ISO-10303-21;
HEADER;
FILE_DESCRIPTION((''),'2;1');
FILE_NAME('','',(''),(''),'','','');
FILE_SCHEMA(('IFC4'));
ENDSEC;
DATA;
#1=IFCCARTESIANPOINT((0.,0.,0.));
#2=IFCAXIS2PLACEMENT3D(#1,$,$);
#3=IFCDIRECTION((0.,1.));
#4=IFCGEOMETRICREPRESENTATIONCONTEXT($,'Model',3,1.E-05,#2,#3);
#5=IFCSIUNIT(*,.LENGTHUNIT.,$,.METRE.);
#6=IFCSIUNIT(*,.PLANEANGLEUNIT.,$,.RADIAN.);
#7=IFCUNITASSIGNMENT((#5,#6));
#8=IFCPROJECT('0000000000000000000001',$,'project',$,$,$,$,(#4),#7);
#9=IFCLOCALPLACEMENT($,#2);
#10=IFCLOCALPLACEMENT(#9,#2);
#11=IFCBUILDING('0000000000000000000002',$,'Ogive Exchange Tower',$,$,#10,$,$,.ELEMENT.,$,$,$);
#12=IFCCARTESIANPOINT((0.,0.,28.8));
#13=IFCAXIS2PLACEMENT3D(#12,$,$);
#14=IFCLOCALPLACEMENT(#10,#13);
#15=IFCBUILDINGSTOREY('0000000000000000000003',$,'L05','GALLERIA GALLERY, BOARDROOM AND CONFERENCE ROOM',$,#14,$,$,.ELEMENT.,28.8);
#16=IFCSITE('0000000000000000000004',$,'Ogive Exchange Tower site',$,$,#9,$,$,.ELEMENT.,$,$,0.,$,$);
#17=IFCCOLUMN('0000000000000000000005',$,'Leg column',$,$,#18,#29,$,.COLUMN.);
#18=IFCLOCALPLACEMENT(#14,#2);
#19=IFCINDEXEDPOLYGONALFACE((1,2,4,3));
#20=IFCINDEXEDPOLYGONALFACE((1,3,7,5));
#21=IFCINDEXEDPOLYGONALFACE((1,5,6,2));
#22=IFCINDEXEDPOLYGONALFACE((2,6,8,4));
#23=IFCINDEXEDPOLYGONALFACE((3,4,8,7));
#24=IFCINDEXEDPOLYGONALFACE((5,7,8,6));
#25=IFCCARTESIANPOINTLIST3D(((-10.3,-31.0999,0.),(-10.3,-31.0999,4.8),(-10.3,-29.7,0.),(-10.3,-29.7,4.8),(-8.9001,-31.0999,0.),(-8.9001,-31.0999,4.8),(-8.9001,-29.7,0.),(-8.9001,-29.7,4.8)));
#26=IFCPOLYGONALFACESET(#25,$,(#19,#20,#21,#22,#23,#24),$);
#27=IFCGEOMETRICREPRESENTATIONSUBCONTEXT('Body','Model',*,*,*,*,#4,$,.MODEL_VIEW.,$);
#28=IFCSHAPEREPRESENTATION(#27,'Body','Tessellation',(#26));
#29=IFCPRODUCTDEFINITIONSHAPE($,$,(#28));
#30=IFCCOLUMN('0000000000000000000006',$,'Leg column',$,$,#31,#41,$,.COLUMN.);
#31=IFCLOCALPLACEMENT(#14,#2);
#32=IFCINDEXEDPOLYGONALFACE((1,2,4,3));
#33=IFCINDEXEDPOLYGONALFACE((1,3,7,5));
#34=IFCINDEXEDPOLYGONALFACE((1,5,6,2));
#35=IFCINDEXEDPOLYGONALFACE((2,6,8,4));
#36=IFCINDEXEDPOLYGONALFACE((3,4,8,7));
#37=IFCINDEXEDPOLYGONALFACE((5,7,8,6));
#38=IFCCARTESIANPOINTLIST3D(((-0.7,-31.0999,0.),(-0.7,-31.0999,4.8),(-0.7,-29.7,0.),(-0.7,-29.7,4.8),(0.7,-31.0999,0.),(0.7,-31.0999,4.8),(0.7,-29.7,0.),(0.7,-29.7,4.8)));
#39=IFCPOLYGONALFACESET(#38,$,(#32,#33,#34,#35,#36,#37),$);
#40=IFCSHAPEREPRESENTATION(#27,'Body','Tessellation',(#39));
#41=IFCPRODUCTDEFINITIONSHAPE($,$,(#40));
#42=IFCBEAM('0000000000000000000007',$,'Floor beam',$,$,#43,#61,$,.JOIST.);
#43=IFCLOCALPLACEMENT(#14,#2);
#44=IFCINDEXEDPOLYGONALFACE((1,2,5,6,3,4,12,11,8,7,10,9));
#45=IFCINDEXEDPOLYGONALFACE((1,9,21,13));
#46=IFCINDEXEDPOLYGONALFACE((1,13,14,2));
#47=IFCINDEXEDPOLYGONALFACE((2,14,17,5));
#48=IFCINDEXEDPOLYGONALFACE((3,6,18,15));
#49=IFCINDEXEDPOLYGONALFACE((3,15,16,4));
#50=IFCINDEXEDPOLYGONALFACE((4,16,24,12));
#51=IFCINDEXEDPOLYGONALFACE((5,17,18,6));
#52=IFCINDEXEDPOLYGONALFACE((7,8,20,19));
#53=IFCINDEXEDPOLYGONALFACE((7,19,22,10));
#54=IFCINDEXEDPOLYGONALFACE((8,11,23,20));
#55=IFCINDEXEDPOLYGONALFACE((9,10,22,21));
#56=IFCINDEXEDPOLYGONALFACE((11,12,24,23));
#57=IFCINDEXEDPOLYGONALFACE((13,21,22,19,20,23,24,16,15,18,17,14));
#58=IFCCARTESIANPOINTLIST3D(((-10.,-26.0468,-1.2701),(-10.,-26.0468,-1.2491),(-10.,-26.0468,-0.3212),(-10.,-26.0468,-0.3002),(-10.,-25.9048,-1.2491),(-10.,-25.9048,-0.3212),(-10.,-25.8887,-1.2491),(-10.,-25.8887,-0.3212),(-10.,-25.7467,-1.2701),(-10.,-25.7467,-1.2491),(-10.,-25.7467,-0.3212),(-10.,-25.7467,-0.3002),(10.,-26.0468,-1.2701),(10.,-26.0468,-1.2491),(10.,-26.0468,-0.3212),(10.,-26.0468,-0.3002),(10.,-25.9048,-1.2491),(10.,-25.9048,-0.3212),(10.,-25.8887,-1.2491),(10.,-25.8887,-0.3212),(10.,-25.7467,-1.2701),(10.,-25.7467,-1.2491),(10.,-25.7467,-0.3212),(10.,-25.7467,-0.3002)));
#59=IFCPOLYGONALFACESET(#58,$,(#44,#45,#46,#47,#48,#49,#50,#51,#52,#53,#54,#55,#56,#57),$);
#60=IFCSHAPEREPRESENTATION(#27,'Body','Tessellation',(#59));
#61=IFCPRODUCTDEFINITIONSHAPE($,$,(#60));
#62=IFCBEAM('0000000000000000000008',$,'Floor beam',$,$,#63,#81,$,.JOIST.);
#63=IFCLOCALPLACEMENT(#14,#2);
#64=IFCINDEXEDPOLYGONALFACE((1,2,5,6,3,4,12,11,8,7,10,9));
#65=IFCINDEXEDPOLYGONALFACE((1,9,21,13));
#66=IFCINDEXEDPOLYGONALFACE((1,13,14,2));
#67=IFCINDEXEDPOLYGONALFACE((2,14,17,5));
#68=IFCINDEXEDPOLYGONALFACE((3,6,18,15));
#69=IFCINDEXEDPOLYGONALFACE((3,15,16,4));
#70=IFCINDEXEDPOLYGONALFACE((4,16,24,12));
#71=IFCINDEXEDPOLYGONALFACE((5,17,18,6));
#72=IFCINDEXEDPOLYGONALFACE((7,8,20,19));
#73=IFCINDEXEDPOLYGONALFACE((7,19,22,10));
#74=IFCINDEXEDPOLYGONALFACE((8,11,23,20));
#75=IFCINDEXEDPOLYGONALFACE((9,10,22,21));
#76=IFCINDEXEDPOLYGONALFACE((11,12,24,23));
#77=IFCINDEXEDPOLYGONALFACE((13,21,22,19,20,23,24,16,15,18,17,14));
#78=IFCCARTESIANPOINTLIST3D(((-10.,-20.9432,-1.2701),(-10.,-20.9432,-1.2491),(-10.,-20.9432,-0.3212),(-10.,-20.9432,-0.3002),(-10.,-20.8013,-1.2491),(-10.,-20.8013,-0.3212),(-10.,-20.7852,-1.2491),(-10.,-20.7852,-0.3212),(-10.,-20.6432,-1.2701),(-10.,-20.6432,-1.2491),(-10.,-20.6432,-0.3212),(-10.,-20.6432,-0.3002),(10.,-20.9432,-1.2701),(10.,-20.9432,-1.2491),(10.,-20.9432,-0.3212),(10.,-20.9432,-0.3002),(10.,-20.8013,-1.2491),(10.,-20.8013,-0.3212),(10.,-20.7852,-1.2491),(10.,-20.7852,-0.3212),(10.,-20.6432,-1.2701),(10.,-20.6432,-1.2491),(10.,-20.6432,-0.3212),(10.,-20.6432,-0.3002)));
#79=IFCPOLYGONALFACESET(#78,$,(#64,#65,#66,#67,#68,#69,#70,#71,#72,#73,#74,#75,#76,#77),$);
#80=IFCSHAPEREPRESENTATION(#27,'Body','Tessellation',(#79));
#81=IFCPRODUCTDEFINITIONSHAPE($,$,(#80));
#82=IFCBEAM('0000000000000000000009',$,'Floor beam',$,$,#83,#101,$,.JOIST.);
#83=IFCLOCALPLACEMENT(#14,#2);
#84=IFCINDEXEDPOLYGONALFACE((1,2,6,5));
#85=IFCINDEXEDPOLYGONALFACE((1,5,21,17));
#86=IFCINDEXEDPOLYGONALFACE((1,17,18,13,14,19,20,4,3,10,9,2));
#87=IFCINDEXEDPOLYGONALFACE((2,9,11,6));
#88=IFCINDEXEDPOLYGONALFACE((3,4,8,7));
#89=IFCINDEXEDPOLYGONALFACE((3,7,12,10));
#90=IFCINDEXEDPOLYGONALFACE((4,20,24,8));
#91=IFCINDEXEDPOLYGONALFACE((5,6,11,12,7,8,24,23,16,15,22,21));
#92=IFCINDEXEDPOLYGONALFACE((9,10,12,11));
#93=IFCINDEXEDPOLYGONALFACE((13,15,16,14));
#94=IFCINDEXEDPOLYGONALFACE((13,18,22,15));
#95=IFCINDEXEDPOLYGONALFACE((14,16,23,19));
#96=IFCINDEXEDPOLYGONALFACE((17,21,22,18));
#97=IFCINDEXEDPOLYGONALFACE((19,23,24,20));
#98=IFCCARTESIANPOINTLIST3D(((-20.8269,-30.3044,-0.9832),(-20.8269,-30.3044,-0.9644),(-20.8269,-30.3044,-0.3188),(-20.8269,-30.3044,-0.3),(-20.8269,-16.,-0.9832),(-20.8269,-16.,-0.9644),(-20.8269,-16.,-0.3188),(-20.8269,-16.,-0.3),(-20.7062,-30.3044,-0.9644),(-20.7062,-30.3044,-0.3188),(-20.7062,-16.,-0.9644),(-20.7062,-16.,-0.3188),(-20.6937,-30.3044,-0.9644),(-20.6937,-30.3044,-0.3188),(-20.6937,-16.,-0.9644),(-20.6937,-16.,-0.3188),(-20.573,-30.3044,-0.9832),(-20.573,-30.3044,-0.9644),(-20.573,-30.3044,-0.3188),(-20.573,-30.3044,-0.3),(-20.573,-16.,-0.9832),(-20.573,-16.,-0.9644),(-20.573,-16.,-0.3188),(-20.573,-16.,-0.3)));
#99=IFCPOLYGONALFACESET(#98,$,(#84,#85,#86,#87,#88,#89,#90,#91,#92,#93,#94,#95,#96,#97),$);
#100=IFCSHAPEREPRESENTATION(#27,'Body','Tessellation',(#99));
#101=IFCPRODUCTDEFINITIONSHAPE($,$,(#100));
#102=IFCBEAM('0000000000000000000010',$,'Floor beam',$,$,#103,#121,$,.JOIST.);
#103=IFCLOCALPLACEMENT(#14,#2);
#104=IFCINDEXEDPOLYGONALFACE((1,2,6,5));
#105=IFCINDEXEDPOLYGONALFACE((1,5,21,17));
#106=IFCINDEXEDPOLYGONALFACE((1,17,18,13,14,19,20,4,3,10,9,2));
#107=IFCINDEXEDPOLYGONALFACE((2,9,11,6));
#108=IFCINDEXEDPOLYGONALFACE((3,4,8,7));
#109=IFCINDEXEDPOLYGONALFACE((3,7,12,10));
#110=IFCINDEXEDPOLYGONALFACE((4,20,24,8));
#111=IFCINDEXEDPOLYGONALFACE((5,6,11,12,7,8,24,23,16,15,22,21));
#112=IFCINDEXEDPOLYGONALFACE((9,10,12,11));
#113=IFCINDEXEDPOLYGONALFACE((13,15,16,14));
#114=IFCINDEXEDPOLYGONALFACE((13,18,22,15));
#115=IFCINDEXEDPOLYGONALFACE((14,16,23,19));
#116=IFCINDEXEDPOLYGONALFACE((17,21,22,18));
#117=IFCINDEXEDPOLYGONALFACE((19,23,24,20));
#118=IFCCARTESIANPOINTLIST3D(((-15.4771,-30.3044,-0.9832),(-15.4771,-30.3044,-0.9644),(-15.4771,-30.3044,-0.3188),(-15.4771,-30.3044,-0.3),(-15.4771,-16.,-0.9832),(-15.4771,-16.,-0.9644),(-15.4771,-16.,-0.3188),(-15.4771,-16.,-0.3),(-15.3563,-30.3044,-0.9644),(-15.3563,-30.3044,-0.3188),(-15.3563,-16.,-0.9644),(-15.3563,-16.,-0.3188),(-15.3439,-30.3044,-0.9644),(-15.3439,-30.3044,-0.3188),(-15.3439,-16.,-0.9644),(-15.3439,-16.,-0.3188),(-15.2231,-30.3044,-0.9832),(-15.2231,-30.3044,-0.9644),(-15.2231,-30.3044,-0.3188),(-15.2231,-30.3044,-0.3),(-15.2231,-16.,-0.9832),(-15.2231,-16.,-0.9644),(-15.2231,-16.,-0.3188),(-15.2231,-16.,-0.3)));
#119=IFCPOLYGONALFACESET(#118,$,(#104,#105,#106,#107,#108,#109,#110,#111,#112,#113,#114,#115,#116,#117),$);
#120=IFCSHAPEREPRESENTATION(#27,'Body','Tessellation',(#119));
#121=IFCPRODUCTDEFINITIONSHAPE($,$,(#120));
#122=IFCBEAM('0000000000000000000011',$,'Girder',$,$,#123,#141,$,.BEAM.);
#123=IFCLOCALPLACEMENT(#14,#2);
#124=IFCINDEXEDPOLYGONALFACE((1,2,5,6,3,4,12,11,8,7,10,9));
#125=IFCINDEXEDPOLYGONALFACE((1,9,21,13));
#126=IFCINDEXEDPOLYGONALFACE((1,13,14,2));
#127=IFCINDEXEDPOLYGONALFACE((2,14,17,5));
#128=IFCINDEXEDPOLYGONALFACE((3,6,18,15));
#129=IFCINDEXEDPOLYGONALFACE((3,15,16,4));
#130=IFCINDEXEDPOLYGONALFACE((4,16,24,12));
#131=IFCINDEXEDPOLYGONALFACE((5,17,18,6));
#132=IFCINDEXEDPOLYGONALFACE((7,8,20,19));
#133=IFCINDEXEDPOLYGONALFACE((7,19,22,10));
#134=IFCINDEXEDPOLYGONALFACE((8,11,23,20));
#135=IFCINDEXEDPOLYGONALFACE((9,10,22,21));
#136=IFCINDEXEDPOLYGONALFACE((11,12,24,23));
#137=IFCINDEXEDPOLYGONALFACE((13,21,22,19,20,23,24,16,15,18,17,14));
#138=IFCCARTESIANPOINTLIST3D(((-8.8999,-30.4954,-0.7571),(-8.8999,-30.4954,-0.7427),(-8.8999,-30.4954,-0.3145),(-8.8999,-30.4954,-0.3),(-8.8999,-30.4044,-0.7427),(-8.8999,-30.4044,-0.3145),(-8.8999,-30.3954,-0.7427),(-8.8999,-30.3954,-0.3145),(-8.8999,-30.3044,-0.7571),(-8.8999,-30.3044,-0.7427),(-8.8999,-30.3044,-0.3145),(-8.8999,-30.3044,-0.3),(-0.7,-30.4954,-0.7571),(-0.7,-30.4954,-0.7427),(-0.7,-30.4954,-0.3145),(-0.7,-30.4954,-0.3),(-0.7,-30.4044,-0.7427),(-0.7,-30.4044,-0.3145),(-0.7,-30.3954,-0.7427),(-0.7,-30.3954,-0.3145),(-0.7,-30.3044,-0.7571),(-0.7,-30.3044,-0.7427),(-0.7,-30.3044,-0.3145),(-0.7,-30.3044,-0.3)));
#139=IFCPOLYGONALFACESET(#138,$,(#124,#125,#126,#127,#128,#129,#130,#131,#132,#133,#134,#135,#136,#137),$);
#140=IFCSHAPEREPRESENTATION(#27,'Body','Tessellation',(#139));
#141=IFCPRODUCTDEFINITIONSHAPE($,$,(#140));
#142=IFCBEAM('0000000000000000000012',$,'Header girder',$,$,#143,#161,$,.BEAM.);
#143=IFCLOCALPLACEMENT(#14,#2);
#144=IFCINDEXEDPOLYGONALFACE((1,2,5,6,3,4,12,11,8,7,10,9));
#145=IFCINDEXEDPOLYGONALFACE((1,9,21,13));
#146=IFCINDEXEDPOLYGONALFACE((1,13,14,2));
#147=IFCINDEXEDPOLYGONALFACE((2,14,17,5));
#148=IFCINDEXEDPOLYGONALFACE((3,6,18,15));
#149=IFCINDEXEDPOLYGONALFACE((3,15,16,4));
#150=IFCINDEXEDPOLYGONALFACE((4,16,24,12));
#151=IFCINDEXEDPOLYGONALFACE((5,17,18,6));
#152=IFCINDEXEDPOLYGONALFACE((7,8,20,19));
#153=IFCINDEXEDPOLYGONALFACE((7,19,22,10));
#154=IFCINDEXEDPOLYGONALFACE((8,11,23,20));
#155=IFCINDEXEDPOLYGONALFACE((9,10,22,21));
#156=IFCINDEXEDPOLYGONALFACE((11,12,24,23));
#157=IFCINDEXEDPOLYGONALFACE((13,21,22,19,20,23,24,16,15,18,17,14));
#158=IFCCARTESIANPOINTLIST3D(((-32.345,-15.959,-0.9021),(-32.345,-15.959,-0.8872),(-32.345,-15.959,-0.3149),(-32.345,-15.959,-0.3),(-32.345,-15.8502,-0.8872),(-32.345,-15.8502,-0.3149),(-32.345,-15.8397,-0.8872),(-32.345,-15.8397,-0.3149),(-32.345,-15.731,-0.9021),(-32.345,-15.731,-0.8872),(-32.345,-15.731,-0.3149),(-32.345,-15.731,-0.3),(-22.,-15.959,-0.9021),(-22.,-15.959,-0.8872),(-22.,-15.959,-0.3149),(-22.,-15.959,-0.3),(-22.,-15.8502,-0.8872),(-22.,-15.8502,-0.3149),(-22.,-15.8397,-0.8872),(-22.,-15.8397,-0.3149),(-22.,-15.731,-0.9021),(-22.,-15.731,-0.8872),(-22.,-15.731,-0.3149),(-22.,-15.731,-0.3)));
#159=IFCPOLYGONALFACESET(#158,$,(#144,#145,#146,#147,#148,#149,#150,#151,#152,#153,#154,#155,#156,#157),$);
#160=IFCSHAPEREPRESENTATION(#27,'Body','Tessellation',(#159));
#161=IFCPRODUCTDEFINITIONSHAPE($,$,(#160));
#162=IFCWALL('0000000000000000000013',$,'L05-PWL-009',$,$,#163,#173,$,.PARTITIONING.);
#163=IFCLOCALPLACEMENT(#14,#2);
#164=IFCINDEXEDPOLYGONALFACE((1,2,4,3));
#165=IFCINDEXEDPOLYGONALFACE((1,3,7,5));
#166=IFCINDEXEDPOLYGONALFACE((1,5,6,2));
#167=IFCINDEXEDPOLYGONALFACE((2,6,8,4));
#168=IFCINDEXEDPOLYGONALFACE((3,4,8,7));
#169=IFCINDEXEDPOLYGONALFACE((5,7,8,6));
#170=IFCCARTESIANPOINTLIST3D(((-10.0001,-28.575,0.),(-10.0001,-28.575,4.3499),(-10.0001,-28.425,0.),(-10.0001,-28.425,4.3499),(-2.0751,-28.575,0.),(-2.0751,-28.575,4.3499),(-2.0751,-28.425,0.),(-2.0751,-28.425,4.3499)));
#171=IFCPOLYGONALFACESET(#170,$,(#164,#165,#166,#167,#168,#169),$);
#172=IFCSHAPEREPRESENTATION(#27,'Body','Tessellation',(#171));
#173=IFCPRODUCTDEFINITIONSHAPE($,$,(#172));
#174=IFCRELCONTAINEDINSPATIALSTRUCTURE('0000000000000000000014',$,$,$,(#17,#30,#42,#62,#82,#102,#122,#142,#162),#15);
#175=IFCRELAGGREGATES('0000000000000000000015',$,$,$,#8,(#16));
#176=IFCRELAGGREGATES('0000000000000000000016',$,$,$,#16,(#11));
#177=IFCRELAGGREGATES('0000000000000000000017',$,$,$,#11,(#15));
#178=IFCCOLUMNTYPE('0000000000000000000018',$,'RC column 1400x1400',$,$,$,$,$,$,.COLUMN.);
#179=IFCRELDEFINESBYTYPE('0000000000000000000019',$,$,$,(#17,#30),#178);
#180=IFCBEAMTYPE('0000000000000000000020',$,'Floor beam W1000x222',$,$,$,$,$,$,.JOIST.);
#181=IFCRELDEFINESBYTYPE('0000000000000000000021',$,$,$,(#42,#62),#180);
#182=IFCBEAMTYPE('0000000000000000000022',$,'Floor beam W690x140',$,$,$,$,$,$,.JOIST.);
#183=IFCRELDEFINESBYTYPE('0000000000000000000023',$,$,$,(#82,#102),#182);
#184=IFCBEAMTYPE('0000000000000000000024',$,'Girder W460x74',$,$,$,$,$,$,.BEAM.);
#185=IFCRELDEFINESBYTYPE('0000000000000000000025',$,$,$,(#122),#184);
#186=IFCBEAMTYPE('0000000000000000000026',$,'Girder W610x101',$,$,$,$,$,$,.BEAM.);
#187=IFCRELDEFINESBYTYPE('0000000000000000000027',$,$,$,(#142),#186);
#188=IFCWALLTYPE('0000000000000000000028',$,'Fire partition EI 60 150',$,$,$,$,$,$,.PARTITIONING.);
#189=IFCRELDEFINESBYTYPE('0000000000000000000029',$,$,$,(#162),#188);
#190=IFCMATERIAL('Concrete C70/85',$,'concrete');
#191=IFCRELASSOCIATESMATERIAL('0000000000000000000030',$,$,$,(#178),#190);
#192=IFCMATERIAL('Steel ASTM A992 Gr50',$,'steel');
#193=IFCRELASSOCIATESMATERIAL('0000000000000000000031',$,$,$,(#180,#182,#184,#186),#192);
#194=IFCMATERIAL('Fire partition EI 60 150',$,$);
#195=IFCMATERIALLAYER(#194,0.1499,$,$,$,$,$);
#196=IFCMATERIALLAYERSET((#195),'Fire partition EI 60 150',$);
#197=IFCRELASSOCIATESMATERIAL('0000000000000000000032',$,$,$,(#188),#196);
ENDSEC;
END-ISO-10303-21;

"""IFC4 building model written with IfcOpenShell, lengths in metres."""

from ifc_helpers import new_model, si_unit, direction, frame, frame_2d, origin, origin_2d, place, context, subcontext, project, spatial, rectangle, i_section, extrude, material, layer, layer_set, material_profile, profile_set, type_object, element, save


model = new_model("IFC4")

# Units and contexts
model_context = context("Model", 3, precision=1e-05, world=origin(), true_north=direction((0.0, 1.0)))
body_context = subcontext(model_context, "Body", "Model", "MODEL_VIEW")
ifc_project = project(units=[si_unit("LENGTHUNIT", "METRE"), si_unit("PLANEANGLEUNIT", "RADIAN")], contexts=[model_context])

# Site, building, storey
site_placement = place(None, origin())
site = spatial("IfcSite", under=ifc_project, at=site_placement, Name="Ogive Exchange Tower site", CompositionType="ELEMENT", RefElevation=0.0)
building_placement = place(site_placement, origin())
building = spatial("IfcBuilding", under=site, at=building_placement, Name="Ogive Exchange Tower", CompositionType="ELEMENT")
storey_placement = place(building_placement, frame((0.0, 0.0, 28.8)))
storey = spatial("IfcBuildingStorey", under=building, at=storey_placement, Name="L05", Description="GALLERIA GALLERY, BOARDROOM AND CONFERENCE ROOM", CompositionType="ELEMENT", Elevation=28.8)

# Columns
ifc_material_1 = material(Name="Concrete C70/85", Category="concrete")
ifc_material_profile_1 = material_profile(ifc_material_1, rectangle(XDim=1.3999, YDim=1.3999, at=origin_2d()), Name="RC 1400x1400")
ifc_profile_set_1 = profile_set([ifc_material_profile_1], Name="Concrete C70/85")
column_type = type_object("IfcColumnType", Name="RC column 1400x1400", PredefinedType="COLUMN", material=ifc_profile_set_1)
for number, where, z_axis, x_axis, name in (
    (1, (-9.6001, -30.3999, 0.0), (0.0, 0.0, 1.0), (1.0, 0.0, 0.0), "Leg column"),
    (2, (0.0, -30.3999, 0.0), (0.0, 0.0, 1.0), (1.0, 0.0, 0.0), "Leg column"),
):
    element("IfcColumn", number, at=place(storey_placement, frame(where, z_axis=z_axis, x_axis=x_axis)), inside=storey, type_object=column_type, Name=name, PredefinedType="COLUMN", context=body_context, shape_type="SweptSolid", body=[
        extrude(rectangle(XDim=1.3999, YDim=1.3999, at=origin_2d()), origin(), (0.0, 0.0, 1.0), 4.8),
    ])

# Beams
ifc_material_2 = material(Name="Steel ASTM A992 Gr50", Category="steel")
ifc_material_profile_2 = material_profile(ifc_material_2, i_section(OverallWidth=0.3, OverallDepth=0.97, WebThickness=0.0161, FlangeThickness=0.021, at=origin_2d()), Name="W1000x222")
ifc_profile_set_2 = profile_set([ifc_material_profile_2], Name="Steel ASTM A992 Gr50")
beam_type_1 = type_object("IfcBeamType", Name="Floor beam W1000x222", PredefinedType="JOIST", material=ifc_profile_set_2)
for number, where, z_axis, x_axis, name in (
    (3, (-10.0, -25.8967, -0.7852), (1.0, 0.0, 0.0), (0.0, 1.0, 0.0), "Floor beam"),
    (4, (-10.0, -20.7932, -0.7852), (1.0, 0.0, 0.0), (0.0, 1.0, 0.0), "Floor beam"),
):
    element("IfcBeam", number, at=place(storey_placement, frame(where, z_axis=z_axis, x_axis=x_axis)), inside=storey, type_object=beam_type_1, Name=name, PredefinedType="JOIST", context=body_context, shape_type="SweptSolid", body=[
        extrude(i_section(OverallWidth=0.3, OverallDepth=0.97, WebThickness=0.0161, FlangeThickness=0.021, at=origin_2d()), origin(), (0.0, 0.0, 1.0), 20.0),
    ])
ifc_material_profile_3 = material_profile(ifc_material_2, i_section(OverallWidth=0.2539, OverallDepth=0.6831, WebThickness=0.0125, FlangeThickness=0.0188, at=origin_2d()), Name="W690x140")
ifc_profile_set_3 = profile_set([ifc_material_profile_3], Name="Steel ASTM A992 Gr50")
beam_type_2 = type_object("IfcBeamType", Name="Floor beam W690x140", PredefinedType="JOIST", material=ifc_profile_set_3)
for number, where, z_axis, x_axis, name in (
    (5, (-20.7, -30.3044, -0.6416), (0.0, 1.0, 0.0), (-1.0, 0.0, 0.0), "Floor beam"),
    (6, (-15.3501, -30.3044, -0.6416), (0.0, 1.0, 0.0), (-1.0, 0.0, 0.0), "Floor beam"),
):
    element("IfcBeam", number, at=place(storey_placement, frame(where, z_axis=z_axis, x_axis=x_axis)), inside=storey, type_object=beam_type_2, Name=name, PredefinedType="JOIST", context=body_context, shape_type="SweptSolid", body=[
        extrude(i_section(OverallWidth=0.2539, OverallDepth=0.6831, WebThickness=0.0125, FlangeThickness=0.0188, at=origin_2d()), origin(), (0.0, 0.0, 1.0), 14.3044),
    ])
ifc_material_profile_4 = material_profile(ifc_material_2, i_section(OverallWidth=0.1909, OverallDepth=0.457, WebThickness=0.009, FlangeThickness=0.0144, at=origin_2d()), Name="W460x74")
ifc_profile_set_4 = profile_set([ifc_material_profile_4], Name="Steel ASTM A992 Gr50")
beam_type_3 = type_object("IfcBeamType", Name="Girder W460x74", PredefinedType="BEAM", material=ifc_profile_set_4)
beam_1_placement = place(storey_placement, frame((-8.8999, -30.3999, -0.5286), z_axis=(1.0, 0.0, 0.0), x_axis=(0.0, 1.0, 0.0)))
element("IfcBeam", 7, at=beam_1_placement, inside=storey, type_object=beam_type_3, Name="Girder", PredefinedType="BEAM", context=body_context, shape_type="SweptSolid", body=[
    extrude(i_section(OverallWidth=0.1909, OverallDepth=0.457, WebThickness=0.009, FlangeThickness=0.0144, at=origin_2d()), origin(), (0.0, 0.0, 1.0), 8.2),
])
ifc_material_profile_5 = material_profile(ifc_material_2, i_section(OverallWidth=0.228, OverallDepth=0.6021, WebThickness=0.0105, FlangeThickness=0.0149, at=origin_2d()), Name="W610x101")
ifc_profile_set_5 = profile_set([ifc_material_profile_5], Name="Steel ASTM A992 Gr50")
beam_type_4 = type_object("IfcBeamType", Name="Girder W610x101", PredefinedType="BEAM", material=ifc_profile_set_5)
beam_2_placement = place(storey_placement, frame((-22.0, -15.845, -0.6011), z_axis=(-1.0, 0.0, 0.0), x_axis=(0.0, -1.0, 0.0)))
element("IfcBeam", 8, at=beam_2_placement, inside=storey, type_object=beam_type_4, Name="Header girder", PredefinedType="BEAM", context=body_context, shape_type="SweptSolid", body=[
    extrude(i_section(OverallWidth=0.228, OverallDepth=0.6021, WebThickness=0.0105, FlangeThickness=0.0149, at=origin_2d()), origin(), (0.0, 0.0, 1.0), 10.345),
])

# Wall
ifc_material_3 = material(Name="Fire partition EI 60 150")
ifc_layer_1 = layer(ifc_material_3, 0.1499)
ifc_layer_set_1 = layer_set([ifc_layer_1], Name="Fire partition EI 60 150")
wall_type_1 = type_object("IfcWallType", Name="Fire partition EI 60 150", PredefinedType="PARTITIONING", material=ifc_layer_set_1)
wall_1_placement = place(storey_placement, frame((-10.0, -28.5, 0.0), z_axis=(0.0, 0.0, 1.0), x_axis=(1.0, 0.0, 0.0)))
element("IfcWall", 9, at=wall_1_placement, inside=storey, type_object=wall_type_1, Name="L05-PWL-009", PredefinedType="PARTITIONING", context=body_context, shape_type="SweptSolid", body=[
    extrude(rectangle(XDim=7.925, YDim=0.1499, at=frame_2d((3.9624, 0.0))), origin(), (0.0, 0.0, 1.0), 4.3499),
])

save(model, "model.ifc")
